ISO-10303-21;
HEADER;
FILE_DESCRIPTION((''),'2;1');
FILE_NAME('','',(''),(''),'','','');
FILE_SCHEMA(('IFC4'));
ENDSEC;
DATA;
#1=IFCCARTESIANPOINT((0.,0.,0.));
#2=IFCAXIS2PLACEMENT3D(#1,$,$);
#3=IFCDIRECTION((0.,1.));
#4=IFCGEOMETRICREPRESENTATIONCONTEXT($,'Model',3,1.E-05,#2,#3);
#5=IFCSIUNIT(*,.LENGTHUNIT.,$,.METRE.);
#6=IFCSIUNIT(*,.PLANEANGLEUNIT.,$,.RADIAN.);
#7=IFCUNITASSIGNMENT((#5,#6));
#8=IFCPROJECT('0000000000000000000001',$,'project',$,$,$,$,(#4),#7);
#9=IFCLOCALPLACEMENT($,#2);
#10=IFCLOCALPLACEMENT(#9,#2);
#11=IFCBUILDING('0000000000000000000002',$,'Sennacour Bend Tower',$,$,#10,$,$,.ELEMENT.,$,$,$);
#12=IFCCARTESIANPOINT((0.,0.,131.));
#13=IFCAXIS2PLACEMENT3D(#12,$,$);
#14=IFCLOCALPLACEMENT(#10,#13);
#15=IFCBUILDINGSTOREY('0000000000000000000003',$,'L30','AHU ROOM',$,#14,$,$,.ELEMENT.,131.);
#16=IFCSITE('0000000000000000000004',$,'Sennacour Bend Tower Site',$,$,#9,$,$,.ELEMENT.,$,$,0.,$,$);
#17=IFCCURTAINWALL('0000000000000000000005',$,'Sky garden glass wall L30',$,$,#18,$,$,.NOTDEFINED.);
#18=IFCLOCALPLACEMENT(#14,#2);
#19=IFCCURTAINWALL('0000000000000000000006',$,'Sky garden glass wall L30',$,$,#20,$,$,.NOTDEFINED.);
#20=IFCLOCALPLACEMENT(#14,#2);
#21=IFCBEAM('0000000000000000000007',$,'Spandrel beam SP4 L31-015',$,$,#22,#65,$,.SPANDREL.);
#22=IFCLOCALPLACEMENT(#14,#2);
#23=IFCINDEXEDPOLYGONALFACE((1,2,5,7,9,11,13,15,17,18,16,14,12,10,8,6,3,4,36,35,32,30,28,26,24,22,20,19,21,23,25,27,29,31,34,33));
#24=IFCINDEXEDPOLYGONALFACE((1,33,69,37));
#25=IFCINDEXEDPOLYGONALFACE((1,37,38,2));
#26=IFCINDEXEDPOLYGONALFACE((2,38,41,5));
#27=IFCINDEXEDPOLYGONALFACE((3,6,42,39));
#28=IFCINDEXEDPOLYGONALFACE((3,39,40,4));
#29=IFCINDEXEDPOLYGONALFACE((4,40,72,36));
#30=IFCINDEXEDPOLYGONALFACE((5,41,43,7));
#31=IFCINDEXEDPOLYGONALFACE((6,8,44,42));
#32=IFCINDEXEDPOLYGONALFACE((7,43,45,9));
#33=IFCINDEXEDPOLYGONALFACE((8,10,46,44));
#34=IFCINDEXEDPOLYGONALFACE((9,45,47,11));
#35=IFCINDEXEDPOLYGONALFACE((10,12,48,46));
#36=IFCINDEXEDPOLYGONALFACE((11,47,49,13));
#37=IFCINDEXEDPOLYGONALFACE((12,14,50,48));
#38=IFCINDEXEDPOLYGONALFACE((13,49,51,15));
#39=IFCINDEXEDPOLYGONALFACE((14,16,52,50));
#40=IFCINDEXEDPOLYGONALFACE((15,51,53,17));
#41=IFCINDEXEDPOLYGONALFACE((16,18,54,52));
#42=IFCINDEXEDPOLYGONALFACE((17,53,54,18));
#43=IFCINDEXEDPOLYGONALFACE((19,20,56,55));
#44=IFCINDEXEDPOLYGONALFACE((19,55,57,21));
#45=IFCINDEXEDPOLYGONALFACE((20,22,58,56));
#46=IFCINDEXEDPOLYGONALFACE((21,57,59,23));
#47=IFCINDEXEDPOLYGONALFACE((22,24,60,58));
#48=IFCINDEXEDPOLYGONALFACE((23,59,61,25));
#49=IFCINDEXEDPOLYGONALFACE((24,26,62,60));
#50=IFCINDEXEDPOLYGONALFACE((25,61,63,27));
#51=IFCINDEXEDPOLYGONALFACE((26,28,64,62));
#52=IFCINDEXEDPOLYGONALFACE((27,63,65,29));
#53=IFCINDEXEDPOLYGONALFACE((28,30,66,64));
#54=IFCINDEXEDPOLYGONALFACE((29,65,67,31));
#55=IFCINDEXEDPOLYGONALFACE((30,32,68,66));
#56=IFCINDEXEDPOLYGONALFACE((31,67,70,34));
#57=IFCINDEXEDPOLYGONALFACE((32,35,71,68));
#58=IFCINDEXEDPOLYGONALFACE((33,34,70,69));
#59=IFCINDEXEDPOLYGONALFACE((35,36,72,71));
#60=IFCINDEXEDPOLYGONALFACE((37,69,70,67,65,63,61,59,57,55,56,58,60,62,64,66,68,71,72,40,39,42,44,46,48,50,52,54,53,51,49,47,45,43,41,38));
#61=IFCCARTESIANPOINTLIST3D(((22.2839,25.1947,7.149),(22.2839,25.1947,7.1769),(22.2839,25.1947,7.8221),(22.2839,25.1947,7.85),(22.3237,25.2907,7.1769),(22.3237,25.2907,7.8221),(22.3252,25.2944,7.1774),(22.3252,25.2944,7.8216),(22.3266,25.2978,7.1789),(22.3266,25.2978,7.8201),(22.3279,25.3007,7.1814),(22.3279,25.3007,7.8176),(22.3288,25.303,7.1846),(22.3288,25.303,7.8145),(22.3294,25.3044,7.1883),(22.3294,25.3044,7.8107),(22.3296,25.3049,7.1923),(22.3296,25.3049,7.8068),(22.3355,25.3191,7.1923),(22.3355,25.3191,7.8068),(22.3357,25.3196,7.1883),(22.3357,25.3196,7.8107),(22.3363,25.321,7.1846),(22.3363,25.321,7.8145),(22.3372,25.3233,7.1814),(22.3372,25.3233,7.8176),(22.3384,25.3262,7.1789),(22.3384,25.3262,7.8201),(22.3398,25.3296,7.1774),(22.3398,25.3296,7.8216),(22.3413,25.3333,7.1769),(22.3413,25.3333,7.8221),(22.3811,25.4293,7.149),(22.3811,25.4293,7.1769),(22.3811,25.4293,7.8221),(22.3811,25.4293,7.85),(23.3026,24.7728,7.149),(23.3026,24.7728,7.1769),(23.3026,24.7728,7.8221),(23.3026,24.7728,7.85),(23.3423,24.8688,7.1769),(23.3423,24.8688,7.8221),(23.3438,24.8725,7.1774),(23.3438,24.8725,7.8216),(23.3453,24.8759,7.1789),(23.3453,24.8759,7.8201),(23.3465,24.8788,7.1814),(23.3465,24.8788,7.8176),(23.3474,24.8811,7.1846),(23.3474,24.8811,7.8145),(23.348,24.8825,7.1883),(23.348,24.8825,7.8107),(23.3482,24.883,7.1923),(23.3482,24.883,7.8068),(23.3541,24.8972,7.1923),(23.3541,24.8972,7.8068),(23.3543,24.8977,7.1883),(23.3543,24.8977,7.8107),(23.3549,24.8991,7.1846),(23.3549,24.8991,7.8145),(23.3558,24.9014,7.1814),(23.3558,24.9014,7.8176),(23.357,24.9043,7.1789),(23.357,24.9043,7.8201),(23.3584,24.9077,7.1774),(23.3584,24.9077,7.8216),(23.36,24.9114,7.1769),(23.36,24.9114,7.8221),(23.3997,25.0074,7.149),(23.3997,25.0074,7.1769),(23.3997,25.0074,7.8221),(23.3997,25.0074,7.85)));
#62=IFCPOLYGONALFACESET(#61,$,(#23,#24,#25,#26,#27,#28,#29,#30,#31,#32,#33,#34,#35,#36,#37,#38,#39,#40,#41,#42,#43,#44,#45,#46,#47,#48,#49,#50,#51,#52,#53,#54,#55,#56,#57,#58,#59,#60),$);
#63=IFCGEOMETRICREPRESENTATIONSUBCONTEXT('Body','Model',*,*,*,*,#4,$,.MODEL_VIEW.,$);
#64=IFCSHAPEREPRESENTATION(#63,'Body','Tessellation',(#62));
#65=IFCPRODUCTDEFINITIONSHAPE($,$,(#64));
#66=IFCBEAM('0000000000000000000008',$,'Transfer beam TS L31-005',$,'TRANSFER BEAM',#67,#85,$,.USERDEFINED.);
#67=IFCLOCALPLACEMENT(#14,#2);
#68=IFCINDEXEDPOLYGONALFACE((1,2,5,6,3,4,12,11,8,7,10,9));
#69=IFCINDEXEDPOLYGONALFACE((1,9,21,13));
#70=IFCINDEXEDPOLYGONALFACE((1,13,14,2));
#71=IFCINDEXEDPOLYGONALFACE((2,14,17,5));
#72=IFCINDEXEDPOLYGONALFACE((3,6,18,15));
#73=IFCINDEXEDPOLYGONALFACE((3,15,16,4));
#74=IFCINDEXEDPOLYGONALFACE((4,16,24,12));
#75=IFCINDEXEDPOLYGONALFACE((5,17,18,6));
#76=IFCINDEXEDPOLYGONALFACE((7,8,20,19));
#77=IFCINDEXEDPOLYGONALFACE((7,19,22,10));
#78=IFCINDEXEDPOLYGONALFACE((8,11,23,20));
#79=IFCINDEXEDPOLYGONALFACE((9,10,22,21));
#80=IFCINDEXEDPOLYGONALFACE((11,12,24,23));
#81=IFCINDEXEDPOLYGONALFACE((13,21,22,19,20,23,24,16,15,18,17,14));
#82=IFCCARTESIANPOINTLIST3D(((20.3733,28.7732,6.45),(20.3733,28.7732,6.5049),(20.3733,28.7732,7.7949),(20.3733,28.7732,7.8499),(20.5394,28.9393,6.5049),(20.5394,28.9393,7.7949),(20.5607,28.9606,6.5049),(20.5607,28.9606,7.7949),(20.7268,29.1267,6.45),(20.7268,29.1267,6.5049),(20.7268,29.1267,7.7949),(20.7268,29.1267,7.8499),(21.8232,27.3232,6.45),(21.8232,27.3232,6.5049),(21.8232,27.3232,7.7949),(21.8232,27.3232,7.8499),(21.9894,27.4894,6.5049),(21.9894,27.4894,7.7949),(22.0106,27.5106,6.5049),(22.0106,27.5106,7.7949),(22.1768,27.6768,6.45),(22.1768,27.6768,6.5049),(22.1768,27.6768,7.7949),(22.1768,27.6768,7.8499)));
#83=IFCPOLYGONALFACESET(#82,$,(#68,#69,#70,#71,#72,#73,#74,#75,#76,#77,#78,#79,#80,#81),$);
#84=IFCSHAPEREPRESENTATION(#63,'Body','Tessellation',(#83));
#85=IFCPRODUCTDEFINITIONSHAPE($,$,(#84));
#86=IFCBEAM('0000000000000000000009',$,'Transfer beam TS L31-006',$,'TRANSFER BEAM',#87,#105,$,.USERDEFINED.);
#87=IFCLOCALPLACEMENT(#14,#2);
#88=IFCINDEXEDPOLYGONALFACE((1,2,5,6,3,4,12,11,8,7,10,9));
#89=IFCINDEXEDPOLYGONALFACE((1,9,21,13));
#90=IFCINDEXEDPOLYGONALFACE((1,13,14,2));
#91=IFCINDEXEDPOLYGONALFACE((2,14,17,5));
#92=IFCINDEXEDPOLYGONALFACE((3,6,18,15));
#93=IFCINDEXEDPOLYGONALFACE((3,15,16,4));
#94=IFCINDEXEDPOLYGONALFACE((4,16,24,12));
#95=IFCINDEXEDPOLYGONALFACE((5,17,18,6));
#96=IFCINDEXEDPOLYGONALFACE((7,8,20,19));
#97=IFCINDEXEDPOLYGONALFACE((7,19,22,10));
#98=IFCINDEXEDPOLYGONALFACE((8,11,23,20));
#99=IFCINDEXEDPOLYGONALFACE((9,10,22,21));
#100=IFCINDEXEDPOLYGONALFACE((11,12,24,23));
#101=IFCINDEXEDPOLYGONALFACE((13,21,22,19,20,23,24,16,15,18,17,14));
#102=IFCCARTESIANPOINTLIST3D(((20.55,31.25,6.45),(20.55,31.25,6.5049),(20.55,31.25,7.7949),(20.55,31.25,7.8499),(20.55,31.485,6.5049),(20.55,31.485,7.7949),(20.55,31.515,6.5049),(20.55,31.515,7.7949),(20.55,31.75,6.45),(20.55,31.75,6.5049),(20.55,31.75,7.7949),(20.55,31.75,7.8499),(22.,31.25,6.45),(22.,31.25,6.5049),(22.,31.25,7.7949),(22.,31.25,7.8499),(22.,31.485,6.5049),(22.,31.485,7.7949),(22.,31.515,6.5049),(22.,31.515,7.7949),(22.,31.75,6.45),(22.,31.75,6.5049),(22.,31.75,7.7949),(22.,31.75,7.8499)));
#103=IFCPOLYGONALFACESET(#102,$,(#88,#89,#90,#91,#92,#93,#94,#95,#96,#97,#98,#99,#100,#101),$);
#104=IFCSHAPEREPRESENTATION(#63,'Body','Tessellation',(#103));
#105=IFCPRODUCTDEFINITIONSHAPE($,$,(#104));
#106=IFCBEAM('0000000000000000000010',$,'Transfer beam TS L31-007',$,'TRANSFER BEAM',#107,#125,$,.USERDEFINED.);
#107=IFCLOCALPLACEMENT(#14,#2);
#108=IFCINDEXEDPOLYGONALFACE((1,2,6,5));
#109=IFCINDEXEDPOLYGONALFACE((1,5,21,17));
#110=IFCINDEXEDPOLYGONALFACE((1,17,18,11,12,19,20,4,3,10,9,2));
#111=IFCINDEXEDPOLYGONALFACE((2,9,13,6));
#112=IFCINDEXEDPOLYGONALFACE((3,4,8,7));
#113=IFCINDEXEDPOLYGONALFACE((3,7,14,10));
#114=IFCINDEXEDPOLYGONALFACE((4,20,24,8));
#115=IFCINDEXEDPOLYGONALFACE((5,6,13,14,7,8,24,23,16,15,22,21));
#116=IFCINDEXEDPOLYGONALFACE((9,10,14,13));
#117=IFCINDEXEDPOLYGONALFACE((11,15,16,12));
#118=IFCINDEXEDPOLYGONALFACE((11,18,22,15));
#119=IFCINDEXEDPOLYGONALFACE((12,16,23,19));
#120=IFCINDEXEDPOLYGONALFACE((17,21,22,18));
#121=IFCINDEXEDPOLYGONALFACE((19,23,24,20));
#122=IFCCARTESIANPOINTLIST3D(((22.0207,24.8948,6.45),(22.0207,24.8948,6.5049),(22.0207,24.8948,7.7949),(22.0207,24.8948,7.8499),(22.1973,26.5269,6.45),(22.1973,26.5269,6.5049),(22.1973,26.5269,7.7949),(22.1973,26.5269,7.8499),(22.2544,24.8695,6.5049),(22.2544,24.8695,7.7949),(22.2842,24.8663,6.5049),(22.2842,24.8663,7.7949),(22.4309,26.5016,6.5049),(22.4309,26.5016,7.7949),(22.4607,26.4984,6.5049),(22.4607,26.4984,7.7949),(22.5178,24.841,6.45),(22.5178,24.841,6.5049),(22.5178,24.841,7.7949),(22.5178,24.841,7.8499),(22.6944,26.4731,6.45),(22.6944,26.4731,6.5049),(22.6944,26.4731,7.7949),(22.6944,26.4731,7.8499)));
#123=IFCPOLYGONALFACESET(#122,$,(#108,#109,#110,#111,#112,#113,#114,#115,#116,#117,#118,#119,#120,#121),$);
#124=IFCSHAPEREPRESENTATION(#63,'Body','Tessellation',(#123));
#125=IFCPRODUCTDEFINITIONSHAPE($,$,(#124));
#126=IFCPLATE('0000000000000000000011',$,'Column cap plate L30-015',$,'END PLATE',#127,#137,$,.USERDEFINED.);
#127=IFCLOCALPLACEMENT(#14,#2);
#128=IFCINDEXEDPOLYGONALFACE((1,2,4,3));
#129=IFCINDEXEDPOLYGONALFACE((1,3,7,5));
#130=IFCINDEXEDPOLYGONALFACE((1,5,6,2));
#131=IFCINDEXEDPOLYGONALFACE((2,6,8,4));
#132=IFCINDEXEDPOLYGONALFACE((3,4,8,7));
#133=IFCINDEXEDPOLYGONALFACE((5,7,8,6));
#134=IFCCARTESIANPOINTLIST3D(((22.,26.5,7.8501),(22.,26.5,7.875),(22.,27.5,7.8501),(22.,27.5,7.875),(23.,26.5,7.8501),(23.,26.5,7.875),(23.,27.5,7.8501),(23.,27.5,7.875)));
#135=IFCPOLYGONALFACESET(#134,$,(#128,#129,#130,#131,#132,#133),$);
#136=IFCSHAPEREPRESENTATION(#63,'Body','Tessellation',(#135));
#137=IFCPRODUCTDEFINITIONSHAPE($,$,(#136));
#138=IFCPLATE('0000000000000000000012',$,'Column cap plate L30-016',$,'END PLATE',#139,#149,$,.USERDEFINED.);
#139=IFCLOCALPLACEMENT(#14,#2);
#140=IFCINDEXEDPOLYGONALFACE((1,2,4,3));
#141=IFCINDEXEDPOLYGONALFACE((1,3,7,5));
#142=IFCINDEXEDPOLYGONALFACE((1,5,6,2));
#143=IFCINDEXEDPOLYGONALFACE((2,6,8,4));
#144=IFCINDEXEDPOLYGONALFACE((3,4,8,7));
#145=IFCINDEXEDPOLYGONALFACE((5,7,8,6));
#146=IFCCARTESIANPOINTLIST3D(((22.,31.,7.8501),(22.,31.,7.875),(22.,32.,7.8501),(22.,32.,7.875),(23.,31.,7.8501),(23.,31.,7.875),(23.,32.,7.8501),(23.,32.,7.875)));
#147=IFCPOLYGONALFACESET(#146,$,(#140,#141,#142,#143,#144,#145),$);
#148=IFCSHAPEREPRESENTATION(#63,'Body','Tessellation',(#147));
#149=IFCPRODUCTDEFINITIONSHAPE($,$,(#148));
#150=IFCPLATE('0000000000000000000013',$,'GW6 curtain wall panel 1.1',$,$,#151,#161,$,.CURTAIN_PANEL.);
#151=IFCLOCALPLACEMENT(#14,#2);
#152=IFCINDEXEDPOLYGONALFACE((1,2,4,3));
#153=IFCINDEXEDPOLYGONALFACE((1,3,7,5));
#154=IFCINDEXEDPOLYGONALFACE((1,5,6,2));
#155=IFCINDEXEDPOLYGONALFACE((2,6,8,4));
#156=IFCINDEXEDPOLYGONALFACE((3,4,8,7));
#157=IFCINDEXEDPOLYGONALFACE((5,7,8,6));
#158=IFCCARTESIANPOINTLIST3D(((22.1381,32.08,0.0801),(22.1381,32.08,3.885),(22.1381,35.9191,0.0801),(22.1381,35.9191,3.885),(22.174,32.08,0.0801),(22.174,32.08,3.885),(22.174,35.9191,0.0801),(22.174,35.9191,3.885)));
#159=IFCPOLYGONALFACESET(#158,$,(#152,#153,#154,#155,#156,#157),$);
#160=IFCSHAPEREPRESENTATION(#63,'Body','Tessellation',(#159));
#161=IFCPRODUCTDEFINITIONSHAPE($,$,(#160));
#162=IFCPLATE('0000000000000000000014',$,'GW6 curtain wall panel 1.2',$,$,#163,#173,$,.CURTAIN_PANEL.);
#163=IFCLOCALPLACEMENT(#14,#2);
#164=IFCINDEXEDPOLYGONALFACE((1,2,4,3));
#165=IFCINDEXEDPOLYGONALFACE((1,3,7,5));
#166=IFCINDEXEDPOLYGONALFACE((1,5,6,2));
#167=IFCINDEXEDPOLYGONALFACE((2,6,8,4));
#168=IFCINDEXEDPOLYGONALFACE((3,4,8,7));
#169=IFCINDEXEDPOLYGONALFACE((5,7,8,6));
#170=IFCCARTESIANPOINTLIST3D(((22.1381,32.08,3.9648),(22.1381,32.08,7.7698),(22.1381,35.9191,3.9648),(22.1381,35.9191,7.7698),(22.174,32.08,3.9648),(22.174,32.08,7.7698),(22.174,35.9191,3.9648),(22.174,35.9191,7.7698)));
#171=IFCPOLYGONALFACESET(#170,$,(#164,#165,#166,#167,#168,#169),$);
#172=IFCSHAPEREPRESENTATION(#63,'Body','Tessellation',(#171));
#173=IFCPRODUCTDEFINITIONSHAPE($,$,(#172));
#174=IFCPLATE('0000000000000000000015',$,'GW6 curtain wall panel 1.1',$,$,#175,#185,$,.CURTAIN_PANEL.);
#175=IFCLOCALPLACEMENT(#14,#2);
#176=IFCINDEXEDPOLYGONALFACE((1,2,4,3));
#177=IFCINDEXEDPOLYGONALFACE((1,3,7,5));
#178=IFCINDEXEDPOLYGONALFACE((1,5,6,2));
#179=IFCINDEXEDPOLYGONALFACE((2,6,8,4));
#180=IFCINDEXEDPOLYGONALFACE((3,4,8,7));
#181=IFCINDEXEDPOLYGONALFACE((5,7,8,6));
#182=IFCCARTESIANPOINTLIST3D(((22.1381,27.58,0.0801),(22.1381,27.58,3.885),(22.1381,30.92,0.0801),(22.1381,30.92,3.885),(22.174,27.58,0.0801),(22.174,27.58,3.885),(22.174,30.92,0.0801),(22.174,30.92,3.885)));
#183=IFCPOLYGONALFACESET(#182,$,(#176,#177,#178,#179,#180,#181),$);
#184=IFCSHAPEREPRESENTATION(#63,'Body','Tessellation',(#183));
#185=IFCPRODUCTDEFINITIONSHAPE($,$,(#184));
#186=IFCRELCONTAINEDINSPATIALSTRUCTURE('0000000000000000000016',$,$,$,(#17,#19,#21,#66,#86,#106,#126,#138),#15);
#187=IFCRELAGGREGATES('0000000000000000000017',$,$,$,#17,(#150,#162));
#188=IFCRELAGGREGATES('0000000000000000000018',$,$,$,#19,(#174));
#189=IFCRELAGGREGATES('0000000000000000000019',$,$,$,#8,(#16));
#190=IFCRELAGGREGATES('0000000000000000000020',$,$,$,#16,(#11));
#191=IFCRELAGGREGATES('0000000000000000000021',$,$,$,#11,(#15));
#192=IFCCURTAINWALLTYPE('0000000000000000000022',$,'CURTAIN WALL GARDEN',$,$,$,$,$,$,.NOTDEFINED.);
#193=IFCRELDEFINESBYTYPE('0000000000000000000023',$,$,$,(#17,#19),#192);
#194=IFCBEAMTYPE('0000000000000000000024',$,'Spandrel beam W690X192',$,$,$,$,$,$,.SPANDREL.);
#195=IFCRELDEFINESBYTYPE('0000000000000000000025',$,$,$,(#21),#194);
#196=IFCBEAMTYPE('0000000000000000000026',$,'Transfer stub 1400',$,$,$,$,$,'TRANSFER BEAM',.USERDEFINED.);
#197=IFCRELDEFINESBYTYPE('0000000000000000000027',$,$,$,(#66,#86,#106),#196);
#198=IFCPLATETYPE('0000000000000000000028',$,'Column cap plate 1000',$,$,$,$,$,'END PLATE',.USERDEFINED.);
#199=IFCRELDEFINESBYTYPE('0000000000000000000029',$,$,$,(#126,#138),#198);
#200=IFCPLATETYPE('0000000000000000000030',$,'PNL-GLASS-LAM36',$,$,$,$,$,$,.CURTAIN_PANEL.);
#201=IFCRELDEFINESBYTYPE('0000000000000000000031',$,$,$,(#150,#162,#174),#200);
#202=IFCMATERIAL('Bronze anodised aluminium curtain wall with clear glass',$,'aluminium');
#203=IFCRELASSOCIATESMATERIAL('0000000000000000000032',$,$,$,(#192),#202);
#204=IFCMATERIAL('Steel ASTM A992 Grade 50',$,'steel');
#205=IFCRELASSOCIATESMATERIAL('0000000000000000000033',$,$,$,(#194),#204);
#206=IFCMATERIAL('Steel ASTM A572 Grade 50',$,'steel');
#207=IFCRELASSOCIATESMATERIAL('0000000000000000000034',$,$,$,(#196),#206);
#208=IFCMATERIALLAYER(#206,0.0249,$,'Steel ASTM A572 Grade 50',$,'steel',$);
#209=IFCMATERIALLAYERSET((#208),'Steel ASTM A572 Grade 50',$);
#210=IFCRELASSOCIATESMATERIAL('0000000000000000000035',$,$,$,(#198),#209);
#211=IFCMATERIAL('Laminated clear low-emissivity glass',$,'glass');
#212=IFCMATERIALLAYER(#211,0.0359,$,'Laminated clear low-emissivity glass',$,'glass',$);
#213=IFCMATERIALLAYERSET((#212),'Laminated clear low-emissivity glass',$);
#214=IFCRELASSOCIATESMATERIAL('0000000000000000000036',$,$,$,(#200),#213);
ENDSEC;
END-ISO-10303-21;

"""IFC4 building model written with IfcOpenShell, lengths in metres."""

from ifc_helpers import new_model, si_unit, direction, frame, origin, origin_2d, place, context, subcontext, project, spatial, rectangle, i_section, extrude, material, layer, layer_set, material_profile, profile_set, type_object, element, aggregate, save


model = new_model("IFC4")

# Units and contexts
model_context = context("Model", 3, precision=1e-05, world=origin(), true_north=direction((0.0, 1.0)))
body_context = subcontext(model_context, "Body", "Model", "MODEL_VIEW")
ifc_project = project(units=[si_unit("LENGTHUNIT", "METRE"), si_unit("PLANEANGLEUNIT", "RADIAN")], contexts=[model_context])

# Site, building, storey
site_placement = place(None, origin())
site = spatial("IfcSite", under=ifc_project, at=site_placement, Name="Sennacour Bend Tower Site", CompositionType="ELEMENT", RefElevation=0.0)
building_placement = place(site_placement, origin())
building = spatial("IfcBuilding", under=site, at=building_placement, Name="Sennacour Bend Tower", CompositionType="ELEMENT")
storey_placement = place(building_placement, frame((0.0, 0.0, 131.0)))
storey = spatial("IfcBuildingStorey", under=building, at=storey_placement, Name="L30", Description="AHU ROOM", CompositionType="ELEMENT", Elevation=131.0)

# Shared definitions
ifc_material_1 = material(Name="Steel ASTM A572 Grade 50", Category="steel")

# Curtain walls
ifc_material_2 = material(Name="Bronze anodised aluminium curtain wall with clear glass", Category="aluminium")
curtain_wall_type = type_object("IfcCurtainWallType", Name="CURTAIN WALL GARDEN", PredefinedType="NOTDEFINED", material=ifc_material_2)
curtain_wall_1_placement = place(storey_placement, origin())
curtain_wall_1 = element("IfcCurtainWall", 1, at=curtain_wall_1_placement, inside=storey, type_object=curtain_wall_type, Name="Sky garden glass wall L30", PredefinedType="NOTDEFINED")
curtain_wall_2_placement = place(storey_placement, origin())
curtain_wall_2 = element("IfcCurtainWall", 2, at=curtain_wall_2_placement, inside=storey, type_object=curtain_wall_type, Name="Sky garden glass wall L30", PredefinedType="NOTDEFINED")

# Beams
ifc_material_3 = material(Name="Steel ASTM A992 Grade 50", Category="steel")
ifc_material_profile_1 = material_profile(ifc_material_3, i_section(OverallWidth=0.2539, OverallDepth=0.7009, WebThickness=0.0154, FlangeThickness=0.0278, FilletRadius=0.0154, at=origin_2d()), Name="Steel ASTM A992 Grade 50", Category="steel")
ifc_profile_set_1 = profile_set([ifc_material_profile_1], Name="Steel ASTM A992 Grade 50")
beam_type_1 = type_object("IfcBeamType", Name="Spandrel beam W690X192", PredefinedType="SPANDREL", material=ifc_profile_set_1)
beam_1_placement = place(storey_placement, frame((22.3325, 25.312, 7.4995), z_axis=(0.923887, -0.382665, 0.0), x_axis=(0.382665, 0.923887, 0.0)))
element("IfcBeam", 3, at=beam_1_placement, inside=storey, type_object=beam_type_1, Name="Spandrel beam SP4 L31-015", PredefinedType="SPANDREL", context=body_context, shape_type="SweptSolid", body=[
    extrude(i_section(OverallWidth=0.2539, OverallDepth=0.7009, WebThickness=0.0154, FlangeThickness=0.0278, FilletRadius=0.0154, at=origin_2d()), origin(), (0.0, 0.0, 1.0), 1.1025),
])
ifc_material_profile_2 = material_profile(ifc_material_1, i_section(OverallWidth=0.5, OverallDepth=1.3999, WebThickness=0.03, FlangeThickness=0.0549, at=origin_2d()), Name="Steel ASTM A572 Grade 50", Category="steel")
ifc_profile_set_2 = profile_set([ifc_material_profile_2], Name="Steel ASTM A572 Grade 50")
beam_type_2 = type_object("IfcBeamType", Name="Transfer stub 1400", ElementType="TRANSFER BEAM", PredefinedType="USERDEFINED", material=ifc_profile_set_2)
beam_2_placement = place(storey_placement, frame((22.0, 27.5, 7.1499), z_axis=(-0.707107, 0.707107, 0.0), x_axis=(-0.707107, -0.707107, 0.0)))
element("IfcBeam", 4, at=beam_2_placement, inside=storey, type_object=beam_type_2, Name="Transfer beam TS L31-005", ObjectType="TRANSFER BEAM", PredefinedType="USERDEFINED", context=body_context, shape_type="SweptSolid", body=[
    extrude(i_section(OverallWidth=0.5, OverallDepth=1.3999, WebThickness=0.03, FlangeThickness=0.0549, at=origin_2d()), origin(), (0.0, 0.0, 1.0), 2.0505),
])
beam_3_placement = place(storey_placement, frame((22.0, 31.5, 7.1499), z_axis=(-1.0, 0.0, 0.0), x_axis=(0.0, -1.0, 0.0)))
element("IfcBeam", 5, at=beam_3_placement, inside=storey, type_object=beam_type_2, Name="Transfer beam TS L31-006", ObjectType="TRANSFER BEAM", PredefinedType="USERDEFINED", context=body_context, shape_type="SweptSolid", body=[
    extrude(i_section(OverallWidth=0.5, OverallDepth=1.3999, WebThickness=0.03, FlangeThickness=0.0549, at=origin_2d()), origin(), (0.0, 0.0, 1.0), 1.45),
])
beam_4_placement = place(storey_placement, frame((22.4458, 26.5, 7.1499), z_axis=(-0.107526, -0.994202, 0.0), x_axis=(0.994202, -0.107526, 0.0)))
element("IfcBeam", 6, at=beam_4_placement, inside=storey, type_object=beam_type_2, Name="Transfer beam TS L31-007", ObjectType="TRANSFER BEAM", PredefinedType="USERDEFINED", context=body_context, shape_type="SweptSolid", body=[
    extrude(i_section(OverallWidth=0.5, OverallDepth=1.3999, WebThickness=0.03, FlangeThickness=0.0549, at=origin_2d()), origin(), (0.0, 0.0, 1.0), 1.6416),
])

# Plates
ifc_layer_1 = layer(ifc_material_1, 0.0249, Name="Steel ASTM A572 Grade 50", Category="steel")
ifc_layer_set_1 = layer_set([ifc_layer_1], Name="Steel ASTM A572 Grade 50")
plate_type_1 = type_object("IfcPlateType", Name="Column cap plate 1000", ElementType="END PLATE", PredefinedType="USERDEFINED", material=ifc_layer_set_1)
for number, where, z_axis, x_axis, name in (
    (7, (22.5, 27.0, 7.8501), (0.0, 0.0, 1.0), (1.0, 0.0, 0.0), "Column cap plate L30-015"),
    (8, (22.5, 31.5, 7.8501), (0.0, 0.0, 1.0), (1.0, 0.0, 0.0), "Column cap plate L30-016"),
):
    element("IfcPlate", number, at=place(storey_placement, frame(where, z_axis=z_axis, x_axis=x_axis)), inside=storey, type_object=plate_type_1, Name=name, ObjectType="END PLATE", PredefinedType="USERDEFINED", context=body_context, shape_type="SweptSolid", body=[
        extrude(rectangle(XDim=1.0, YDim=1.0, at=origin_2d()), origin(), (0.0, 0.0, 1.0), 0.0249),
    ])

# Plates
ifc_material_4 = material(Name="Laminated clear low-emissivity glass", Category="glass")
ifc_layer_2 = layer(ifc_material_4, 0.0359, Name="Laminated clear low-emissivity glass", Category="glass")
ifc_layer_set_2 = layer_set([ifc_layer_2], Name="Laminated clear low-emissivity glass")
plate_type_2 = type_object("IfcPlateType", Name="PNL-GLASS-LAM36", PredefinedType="CURTAIN_PANEL", material=ifc_layer_set_2)
plate_1_placement = place(storey_placement, frame((22.156, 33.9995, 0.0801), z_axis=(0.0, 0.0, 1.0), x_axis=(0.0, -1.0, 0.0)))
plate_1 = element("IfcPlate", 9, at=plate_1_placement, type_object=plate_type_2, Name="GW6 curtain wall panel 1.1", PredefinedType="CURTAIN_PANEL", context=body_context, shape_type="SweptSolid", body=[
    extrude(rectangle(XDim=3.8391, YDim=0.0359, at=origin_2d()), origin(), (0.0, 0.0, 1.0), 3.8049),
])
plate_2_placement = place(storey_placement, frame((22.156, 33.9995, 3.9648), z_axis=(0.0, 0.0, 1.0), x_axis=(0.0, -1.0, 0.0)))
plate_2 = element("IfcPlate", 10, at=plate_2_placement, type_object=plate_type_2, Name="GW6 curtain wall panel 1.2", PredefinedType="CURTAIN_PANEL", context=body_context, shape_type="SweptSolid", body=[
    extrude(rectangle(XDim=3.8391, YDim=0.0359, at=origin_2d()), origin(), (0.0, 0.0, 1.0), 3.8049),
])
aggregate(curtain_wall_1, [plate_1, plate_2])
plate_3_placement = place(storey_placement, frame((22.156, 29.25, 0.0801), z_axis=(0.0, 0.0, 1.0), x_axis=(0.0, -1.0, 0.0)))
plate_3 = element("IfcPlate", 11, at=plate_3_placement, type_object=plate_type_2, Name="GW6 curtain wall panel 1.1", PredefinedType="CURTAIN_PANEL", context=body_context, shape_type="SweptSolid", body=[
    extrude(rectangle(XDim=3.3401, YDim=0.0359, at=origin_2d()), origin(), (0.0, 0.0, 1.0), 3.8049),
])
aggregate(curtain_wall_2, [plate_3])

save(model, "model.ifc")
